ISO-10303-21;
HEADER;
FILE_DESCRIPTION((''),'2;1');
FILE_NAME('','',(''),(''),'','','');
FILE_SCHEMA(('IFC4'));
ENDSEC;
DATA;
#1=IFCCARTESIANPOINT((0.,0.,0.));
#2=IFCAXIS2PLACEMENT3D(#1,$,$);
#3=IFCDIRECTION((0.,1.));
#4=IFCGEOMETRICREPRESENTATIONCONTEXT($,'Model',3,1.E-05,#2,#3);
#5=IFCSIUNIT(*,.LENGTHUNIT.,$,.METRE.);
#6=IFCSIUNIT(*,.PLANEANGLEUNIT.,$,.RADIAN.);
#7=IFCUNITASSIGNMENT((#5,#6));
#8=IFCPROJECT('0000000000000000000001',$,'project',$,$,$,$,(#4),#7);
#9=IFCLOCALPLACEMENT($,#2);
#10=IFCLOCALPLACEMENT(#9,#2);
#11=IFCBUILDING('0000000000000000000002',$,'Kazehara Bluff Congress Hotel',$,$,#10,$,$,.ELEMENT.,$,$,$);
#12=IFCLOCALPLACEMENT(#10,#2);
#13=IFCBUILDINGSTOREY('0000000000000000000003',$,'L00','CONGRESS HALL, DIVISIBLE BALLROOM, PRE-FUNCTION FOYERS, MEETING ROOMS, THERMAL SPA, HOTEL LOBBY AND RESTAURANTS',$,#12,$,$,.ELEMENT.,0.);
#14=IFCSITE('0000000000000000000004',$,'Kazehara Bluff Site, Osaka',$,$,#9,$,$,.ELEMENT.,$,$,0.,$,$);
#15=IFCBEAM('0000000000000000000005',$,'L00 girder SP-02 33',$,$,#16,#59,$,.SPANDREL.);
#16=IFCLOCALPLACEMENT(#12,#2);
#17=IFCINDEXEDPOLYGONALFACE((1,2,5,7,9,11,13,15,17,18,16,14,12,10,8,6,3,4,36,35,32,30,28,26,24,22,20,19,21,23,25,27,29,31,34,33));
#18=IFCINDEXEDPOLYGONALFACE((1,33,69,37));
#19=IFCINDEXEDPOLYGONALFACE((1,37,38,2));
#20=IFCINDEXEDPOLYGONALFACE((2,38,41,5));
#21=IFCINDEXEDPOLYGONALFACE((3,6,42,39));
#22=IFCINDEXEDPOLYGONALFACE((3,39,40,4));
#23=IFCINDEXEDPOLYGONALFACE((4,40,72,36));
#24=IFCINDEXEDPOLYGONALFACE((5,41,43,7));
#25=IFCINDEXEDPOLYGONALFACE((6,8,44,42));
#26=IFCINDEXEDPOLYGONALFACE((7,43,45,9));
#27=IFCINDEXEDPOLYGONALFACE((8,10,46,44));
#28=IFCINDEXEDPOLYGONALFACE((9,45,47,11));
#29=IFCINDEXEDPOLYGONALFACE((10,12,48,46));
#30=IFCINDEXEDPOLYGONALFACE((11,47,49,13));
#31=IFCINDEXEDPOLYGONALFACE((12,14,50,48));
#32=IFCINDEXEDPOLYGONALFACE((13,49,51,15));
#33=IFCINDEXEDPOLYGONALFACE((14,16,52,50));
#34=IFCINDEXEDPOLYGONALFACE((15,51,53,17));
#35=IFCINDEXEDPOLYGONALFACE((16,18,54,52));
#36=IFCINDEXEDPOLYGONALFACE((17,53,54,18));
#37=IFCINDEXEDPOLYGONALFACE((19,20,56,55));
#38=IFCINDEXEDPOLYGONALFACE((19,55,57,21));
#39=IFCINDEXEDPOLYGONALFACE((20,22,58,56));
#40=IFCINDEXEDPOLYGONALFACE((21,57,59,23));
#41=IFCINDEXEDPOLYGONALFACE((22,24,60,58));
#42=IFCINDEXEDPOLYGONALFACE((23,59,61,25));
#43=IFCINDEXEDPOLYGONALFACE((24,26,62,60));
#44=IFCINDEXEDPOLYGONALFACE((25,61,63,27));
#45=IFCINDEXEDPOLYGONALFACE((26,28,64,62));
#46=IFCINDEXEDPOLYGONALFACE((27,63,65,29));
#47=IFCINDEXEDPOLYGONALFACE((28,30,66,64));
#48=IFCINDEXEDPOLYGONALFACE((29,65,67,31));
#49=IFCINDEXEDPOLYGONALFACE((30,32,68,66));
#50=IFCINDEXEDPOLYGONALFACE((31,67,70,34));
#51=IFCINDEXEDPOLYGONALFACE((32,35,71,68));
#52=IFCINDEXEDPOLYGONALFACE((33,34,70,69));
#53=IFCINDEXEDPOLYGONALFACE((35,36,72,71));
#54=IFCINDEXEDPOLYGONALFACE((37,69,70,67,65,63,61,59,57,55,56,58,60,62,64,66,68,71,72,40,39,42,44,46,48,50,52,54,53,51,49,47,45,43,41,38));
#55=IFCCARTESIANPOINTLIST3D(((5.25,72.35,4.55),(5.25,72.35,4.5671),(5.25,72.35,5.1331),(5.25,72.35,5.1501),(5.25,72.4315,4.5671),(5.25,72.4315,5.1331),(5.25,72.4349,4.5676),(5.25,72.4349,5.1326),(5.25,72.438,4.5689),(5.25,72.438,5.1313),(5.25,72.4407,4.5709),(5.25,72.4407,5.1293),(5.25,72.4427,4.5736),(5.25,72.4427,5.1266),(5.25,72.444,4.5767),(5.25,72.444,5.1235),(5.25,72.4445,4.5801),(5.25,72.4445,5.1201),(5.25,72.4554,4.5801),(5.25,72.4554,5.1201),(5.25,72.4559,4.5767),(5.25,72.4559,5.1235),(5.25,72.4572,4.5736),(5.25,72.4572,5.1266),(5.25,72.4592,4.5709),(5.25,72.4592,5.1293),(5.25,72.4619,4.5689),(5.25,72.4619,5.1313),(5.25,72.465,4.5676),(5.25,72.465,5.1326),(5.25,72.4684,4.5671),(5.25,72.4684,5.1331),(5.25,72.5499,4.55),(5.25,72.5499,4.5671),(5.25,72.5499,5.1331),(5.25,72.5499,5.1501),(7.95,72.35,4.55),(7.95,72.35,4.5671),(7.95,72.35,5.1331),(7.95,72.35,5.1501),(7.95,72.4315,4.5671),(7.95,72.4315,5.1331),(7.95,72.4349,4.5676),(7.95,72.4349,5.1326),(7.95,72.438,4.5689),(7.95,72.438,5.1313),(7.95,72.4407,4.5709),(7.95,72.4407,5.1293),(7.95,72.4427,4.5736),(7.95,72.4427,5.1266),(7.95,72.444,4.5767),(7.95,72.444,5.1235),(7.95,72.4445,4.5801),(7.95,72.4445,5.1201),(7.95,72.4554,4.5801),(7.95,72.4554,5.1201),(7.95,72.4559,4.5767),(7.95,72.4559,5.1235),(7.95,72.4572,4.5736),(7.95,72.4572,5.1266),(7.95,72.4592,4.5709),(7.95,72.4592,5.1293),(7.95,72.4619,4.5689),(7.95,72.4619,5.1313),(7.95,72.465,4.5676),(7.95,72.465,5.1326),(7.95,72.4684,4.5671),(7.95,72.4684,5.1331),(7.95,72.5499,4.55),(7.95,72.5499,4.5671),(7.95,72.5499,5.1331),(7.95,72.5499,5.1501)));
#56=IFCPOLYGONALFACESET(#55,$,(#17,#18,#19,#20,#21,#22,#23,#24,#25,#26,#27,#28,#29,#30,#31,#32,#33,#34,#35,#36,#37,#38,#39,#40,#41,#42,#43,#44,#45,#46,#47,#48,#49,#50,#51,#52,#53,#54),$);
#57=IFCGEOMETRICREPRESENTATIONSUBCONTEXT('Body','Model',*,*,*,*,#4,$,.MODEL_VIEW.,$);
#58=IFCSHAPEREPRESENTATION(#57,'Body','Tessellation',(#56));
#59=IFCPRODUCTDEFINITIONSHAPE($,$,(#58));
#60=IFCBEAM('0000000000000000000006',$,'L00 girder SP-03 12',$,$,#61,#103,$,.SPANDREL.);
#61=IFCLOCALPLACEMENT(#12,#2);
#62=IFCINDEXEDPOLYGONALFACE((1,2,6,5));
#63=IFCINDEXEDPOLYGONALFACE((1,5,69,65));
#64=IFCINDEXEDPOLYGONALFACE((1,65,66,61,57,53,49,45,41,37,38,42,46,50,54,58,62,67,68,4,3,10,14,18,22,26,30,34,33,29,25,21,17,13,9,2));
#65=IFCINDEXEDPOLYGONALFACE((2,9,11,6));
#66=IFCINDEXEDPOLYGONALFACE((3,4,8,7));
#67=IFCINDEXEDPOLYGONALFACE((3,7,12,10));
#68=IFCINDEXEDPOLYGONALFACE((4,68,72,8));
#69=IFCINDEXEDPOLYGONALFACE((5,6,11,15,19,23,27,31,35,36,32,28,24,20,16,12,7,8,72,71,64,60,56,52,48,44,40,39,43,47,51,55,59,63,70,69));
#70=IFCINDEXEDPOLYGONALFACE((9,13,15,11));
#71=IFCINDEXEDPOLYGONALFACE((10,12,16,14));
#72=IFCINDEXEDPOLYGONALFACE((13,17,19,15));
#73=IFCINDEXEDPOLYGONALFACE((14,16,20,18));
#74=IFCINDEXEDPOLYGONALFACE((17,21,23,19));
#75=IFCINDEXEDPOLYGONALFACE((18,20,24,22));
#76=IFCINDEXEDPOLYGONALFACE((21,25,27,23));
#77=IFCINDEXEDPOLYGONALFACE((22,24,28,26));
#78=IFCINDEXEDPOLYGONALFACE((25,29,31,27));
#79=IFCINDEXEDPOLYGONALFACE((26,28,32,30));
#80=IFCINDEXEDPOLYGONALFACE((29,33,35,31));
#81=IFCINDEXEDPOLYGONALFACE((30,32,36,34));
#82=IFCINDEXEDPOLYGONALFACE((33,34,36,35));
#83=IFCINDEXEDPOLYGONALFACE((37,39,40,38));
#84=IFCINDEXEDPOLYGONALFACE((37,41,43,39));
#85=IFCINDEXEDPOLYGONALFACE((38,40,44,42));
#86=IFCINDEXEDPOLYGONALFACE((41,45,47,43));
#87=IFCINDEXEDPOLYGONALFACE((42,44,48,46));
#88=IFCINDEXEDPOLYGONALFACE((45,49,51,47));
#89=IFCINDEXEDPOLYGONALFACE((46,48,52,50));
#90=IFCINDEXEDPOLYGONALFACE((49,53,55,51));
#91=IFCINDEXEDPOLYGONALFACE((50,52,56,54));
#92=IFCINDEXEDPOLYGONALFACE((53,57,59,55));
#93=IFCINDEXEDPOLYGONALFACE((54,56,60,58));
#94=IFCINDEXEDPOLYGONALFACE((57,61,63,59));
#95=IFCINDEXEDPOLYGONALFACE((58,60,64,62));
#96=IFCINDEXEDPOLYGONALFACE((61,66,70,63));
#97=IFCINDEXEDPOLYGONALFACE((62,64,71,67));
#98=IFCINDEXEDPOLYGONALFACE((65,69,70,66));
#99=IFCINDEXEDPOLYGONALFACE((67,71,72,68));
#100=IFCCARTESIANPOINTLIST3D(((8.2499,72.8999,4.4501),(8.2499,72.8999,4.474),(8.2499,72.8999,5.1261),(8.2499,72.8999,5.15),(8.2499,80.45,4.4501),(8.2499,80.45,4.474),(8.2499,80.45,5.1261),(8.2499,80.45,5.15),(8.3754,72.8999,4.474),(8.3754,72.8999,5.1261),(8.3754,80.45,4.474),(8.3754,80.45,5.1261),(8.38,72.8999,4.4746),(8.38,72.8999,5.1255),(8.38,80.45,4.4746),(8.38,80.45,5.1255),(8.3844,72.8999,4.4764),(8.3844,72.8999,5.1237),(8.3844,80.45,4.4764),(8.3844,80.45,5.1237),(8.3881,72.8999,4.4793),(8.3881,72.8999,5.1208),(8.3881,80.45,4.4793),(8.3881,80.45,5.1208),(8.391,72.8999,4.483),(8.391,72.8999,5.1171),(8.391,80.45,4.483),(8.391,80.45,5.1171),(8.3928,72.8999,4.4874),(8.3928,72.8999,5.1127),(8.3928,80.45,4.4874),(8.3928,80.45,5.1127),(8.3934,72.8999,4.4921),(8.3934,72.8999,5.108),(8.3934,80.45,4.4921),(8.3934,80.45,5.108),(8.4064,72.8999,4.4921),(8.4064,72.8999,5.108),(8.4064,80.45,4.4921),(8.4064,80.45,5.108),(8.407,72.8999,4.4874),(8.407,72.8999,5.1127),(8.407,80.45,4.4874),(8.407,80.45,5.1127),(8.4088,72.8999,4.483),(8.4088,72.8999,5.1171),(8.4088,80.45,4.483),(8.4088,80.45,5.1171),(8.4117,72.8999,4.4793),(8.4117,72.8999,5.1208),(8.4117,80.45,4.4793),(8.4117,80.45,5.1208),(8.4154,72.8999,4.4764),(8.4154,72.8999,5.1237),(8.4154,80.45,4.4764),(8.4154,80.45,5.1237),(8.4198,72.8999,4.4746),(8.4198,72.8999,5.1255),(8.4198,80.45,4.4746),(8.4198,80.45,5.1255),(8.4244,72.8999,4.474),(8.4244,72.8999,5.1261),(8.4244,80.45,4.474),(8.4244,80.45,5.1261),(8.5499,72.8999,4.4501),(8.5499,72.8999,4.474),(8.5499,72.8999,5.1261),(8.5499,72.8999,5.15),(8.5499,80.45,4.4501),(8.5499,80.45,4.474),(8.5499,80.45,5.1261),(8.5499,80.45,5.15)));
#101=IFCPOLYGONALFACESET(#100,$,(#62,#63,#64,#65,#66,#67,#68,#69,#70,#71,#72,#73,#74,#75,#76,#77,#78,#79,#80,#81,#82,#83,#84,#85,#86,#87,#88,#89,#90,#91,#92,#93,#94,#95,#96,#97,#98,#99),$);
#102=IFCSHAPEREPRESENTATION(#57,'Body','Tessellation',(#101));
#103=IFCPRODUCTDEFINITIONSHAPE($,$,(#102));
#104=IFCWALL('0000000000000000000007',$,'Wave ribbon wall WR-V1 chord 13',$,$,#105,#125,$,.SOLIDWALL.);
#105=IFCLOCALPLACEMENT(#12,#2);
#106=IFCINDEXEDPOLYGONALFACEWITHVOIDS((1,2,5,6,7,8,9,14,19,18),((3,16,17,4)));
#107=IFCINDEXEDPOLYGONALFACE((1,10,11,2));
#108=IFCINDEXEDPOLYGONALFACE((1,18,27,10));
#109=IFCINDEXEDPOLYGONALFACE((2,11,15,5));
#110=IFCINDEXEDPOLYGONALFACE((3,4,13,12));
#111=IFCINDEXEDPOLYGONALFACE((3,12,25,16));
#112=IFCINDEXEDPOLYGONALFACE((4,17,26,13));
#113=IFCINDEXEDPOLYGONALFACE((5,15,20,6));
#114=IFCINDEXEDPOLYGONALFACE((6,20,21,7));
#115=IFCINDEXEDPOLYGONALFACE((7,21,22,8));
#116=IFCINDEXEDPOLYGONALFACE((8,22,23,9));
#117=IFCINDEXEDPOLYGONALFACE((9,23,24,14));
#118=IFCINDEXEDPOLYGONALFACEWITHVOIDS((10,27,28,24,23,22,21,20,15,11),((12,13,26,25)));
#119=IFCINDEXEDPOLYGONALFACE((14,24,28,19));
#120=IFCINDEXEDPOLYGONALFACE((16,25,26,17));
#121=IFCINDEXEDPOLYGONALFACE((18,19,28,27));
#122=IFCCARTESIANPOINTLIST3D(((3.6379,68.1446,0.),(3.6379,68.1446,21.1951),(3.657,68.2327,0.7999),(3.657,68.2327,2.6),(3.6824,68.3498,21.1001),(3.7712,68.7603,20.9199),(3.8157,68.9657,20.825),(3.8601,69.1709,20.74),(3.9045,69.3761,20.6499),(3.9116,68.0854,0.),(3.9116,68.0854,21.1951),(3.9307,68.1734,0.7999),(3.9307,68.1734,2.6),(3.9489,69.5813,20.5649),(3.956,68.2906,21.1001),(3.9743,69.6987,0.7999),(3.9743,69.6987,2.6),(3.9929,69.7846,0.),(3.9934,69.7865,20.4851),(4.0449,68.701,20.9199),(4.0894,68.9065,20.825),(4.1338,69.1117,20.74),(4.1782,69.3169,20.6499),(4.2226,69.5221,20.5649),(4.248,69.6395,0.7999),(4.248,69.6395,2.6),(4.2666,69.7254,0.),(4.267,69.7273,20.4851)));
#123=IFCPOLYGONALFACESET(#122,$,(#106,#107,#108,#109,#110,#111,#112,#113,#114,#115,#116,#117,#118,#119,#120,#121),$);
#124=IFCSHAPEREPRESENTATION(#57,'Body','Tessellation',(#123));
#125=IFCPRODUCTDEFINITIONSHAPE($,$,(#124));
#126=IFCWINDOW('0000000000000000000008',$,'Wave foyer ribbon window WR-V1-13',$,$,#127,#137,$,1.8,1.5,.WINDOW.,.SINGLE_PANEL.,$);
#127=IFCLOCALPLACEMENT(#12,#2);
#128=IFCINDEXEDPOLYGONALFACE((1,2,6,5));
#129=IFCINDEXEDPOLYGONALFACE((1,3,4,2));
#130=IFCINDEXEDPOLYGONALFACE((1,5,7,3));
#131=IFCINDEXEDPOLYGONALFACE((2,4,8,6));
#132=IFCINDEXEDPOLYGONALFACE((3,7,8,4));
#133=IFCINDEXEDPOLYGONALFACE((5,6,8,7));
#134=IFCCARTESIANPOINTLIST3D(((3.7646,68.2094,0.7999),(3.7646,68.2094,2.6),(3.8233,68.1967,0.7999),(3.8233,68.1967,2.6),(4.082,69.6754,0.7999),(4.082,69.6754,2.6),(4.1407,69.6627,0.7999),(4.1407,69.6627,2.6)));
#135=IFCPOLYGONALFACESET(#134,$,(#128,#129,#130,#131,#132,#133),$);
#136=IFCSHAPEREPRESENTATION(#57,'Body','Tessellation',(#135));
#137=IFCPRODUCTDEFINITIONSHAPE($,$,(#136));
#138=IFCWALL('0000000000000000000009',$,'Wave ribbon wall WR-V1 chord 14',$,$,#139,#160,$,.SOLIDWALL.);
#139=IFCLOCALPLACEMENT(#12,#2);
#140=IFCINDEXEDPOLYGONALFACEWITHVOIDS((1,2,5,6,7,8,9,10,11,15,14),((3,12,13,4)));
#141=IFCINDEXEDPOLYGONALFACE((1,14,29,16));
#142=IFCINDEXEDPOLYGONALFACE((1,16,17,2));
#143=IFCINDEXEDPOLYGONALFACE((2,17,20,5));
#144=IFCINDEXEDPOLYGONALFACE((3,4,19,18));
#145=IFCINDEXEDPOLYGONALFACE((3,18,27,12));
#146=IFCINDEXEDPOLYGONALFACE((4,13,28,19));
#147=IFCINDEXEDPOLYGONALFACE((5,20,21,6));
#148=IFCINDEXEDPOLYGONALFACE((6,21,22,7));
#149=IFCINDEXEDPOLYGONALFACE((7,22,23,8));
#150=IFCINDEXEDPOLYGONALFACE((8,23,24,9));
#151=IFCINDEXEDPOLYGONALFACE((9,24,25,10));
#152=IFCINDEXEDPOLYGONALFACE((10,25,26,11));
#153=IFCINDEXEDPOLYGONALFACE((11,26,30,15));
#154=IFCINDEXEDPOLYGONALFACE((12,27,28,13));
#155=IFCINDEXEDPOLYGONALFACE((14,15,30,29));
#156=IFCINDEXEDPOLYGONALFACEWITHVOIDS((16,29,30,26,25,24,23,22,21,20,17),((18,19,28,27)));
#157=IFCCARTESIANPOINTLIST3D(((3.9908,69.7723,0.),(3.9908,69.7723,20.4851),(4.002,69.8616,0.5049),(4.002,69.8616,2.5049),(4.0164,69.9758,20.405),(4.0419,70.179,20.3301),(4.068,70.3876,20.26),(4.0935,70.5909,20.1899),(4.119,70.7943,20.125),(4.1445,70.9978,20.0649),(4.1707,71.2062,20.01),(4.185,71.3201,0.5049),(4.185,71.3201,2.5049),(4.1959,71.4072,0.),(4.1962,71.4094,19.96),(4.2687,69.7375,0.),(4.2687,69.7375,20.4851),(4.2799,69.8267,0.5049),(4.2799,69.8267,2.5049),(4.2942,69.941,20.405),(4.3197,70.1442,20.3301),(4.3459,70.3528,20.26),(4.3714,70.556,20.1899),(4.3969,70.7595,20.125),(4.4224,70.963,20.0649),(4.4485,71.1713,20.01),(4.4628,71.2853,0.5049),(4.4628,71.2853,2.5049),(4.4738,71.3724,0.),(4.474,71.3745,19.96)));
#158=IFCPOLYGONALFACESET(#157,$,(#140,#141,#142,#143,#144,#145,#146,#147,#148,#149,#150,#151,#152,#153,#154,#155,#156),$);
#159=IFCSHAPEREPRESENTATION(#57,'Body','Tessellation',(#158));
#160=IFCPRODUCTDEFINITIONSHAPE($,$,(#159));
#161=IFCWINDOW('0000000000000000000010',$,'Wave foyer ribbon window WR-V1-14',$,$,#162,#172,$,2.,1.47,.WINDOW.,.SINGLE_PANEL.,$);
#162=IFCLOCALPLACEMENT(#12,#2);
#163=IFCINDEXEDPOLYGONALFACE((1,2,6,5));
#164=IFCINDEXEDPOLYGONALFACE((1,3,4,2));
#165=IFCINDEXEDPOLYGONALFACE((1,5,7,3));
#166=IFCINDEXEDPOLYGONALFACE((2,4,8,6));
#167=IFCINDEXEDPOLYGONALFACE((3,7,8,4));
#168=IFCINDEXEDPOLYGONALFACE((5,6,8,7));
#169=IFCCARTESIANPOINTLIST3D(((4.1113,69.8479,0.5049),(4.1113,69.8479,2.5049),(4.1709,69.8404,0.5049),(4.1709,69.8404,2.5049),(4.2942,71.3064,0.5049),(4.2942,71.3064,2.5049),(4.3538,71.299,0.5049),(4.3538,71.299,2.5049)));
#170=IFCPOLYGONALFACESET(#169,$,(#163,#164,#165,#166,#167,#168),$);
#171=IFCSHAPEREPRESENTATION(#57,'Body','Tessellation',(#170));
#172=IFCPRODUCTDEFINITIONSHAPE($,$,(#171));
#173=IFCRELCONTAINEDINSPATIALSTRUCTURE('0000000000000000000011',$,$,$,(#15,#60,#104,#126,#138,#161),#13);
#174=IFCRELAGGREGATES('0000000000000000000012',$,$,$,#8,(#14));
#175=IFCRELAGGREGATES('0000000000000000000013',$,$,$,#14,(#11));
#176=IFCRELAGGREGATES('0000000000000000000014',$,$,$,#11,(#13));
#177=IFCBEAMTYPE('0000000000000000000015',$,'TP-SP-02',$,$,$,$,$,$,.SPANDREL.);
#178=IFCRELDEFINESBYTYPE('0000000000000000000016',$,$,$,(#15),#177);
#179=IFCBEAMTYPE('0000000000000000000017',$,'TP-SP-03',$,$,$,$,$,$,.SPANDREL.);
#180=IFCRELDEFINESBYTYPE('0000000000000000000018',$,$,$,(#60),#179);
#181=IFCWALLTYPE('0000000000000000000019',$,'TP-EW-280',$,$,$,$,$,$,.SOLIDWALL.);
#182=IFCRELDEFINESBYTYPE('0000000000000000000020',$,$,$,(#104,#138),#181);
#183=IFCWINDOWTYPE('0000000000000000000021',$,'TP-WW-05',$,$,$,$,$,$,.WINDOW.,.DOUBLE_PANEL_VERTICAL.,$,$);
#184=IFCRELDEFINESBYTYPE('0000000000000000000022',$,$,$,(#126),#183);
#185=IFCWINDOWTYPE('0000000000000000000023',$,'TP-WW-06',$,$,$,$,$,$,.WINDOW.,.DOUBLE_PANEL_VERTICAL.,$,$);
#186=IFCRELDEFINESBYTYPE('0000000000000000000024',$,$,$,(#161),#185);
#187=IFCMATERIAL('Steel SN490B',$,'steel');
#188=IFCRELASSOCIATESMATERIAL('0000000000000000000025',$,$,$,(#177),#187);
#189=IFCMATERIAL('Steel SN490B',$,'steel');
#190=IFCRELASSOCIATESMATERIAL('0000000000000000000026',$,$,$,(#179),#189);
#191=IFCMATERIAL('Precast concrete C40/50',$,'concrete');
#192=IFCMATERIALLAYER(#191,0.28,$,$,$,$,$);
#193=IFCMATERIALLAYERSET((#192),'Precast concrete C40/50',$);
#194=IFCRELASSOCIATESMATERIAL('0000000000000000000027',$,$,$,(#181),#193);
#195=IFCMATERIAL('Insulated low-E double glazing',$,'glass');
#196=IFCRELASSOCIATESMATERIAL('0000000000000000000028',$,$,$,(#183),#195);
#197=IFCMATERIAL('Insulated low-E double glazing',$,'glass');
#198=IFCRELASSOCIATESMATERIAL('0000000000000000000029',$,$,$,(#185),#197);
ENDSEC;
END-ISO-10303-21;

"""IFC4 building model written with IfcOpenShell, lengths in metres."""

from ifc_helpers import new_model, si_unit, direction, frame, frame_2d, origin, origin_2d, place, context, subcontext, project, spatial, polyline, rectangle, i_section, outline, extrude, material, layer, layer_set, material_profile, profile_set, type_object, element, fill, save


model = new_model("IFC4")

# Units and contexts
model_context = context("Model", 3, precision=1e-05, world=origin(), true_north=direction((0.0, 1.0)))
body_context = subcontext(model_context, "Body", "Model", "MODEL_VIEW")
ifc_project = project(units=[si_unit("LENGTHUNIT", "METRE"), si_unit("PLANEANGLEUNIT", "RADIAN")], contexts=[model_context])

# Site, building, storey
site_placement = place(None, origin())
site = spatial("IfcSite", under=ifc_project, at=site_placement, Name="Kazehara Bluff Site, Osaka", CompositionType="ELEMENT", RefElevation=0.0)
building_placement = place(site_placement, origin())
building = spatial("IfcBuilding", under=site, at=building_placement, Name="Kazehara Bluff Congress Hotel", CompositionType="ELEMENT")
storey_placement = place(building_placement, origin())
storey = spatial("IfcBuildingStorey", under=building, at=storey_placement, Name="L00", Description="CONGRESS HALL, DIVISIBLE BALLROOM, PRE-FUNCTION FOYERS, MEETING ROOMS, THERMAL SPA, HOTEL LOBBY AND RESTAURANTS", CompositionType="ELEMENT", Elevation=0.0)

# Beams
ifc_material_1 = material(Name="Steel SN490B", Category="steel")
ifc_material_profile_1 = material_profile(ifc_material_1, i_section(OverallWidth=0.2, OverallDepth=0.6001, WebThickness=0.011, FlangeThickness=0.0171, FilletRadius=0.0129, at=origin_2d()))
ifc_profile_set_1 = profile_set([ifc_material_profile_1], Name="Steel SN490B")
beam_type_1 = type_object("IfcBeamType", Name="TP-SP-02", PredefinedType="SPANDREL", material=ifc_profile_set_1)
beam_1_placement = place(storey_placement, frame((5.25, 72.45, 4.8501), z_axis=(1.0, 0.0, 0.0), x_axis=(0.0, 1.0, 0.0)))
element("IfcBeam", 1, at=beam_1_placement, inside=storey, type_object=beam_type_1, Name="L00 girder SP-02 33", PredefinedType="SPANDREL", context=body_context, shape_type="SweptSolid", body=[
    extrude(i_section(OverallWidth=0.2, OverallDepth=0.6001, WebThickness=0.011, FlangeThickness=0.0171, FilletRadius=0.0129, at=origin_2d()), origin(), (0.0, 0.0, 1.0), 2.7),
])
ifc_material_2 = material(Name="Steel SN490B", Category="steel")
ifc_material_profile_2 = material_profile(ifc_material_2, i_section(OverallWidth=0.3, OverallDepth=0.7, WebThickness=0.0129, FlangeThickness=0.0239, FilletRadius=0.0181, at=origin_2d()))
ifc_profile_set_2 = profile_set([ifc_material_profile_2], Name="Steel SN490B")
beam_type_2 = type_object("IfcBeamType", Name="TP-SP-03", PredefinedType="SPANDREL", material=ifc_profile_set_2)
beam_2_placement = place(storey_placement, frame((8.3999, 72.8999, 4.8), z_axis=(0.0, 1.0, 0.0), x_axis=(-1.0, 0.0, 0.0)))
element("IfcBeam", 2, at=beam_2_placement, inside=storey, type_object=beam_type_2, Name="L00 girder SP-03 12", PredefinedType="SPANDREL", context=body_context, shape_type="SweptSolid", body=[
    extrude(i_section(OverallWidth=0.3, OverallDepth=0.7, WebThickness=0.0129, FlangeThickness=0.0239, FilletRadius=0.0181, at=origin_2d()), origin(), (0.0, 0.0, 1.0), 7.55),
])

# Walls, openings, windows
ifc_material_3 = material(Name="Precast concrete C40/50", Category="concrete")
ifc_layer_1 = layer(ifc_material_3, 0.28)
ifc_layer_set_1 = layer_set([ifc_layer_1], Name="Precast concrete C40/50")
wall_type = type_object("IfcWallType", Name="TP-EW-280", PredefinedType="SOLIDWALL", material=ifc_layer_set_1)
wall_1_placement = place(storey_placement, frame((3.7749, 68.115, 0.0), z_axis=(0.0, 0.0, 1.0), x_axis=(0.211566, 0.977364, 0.0)))
wall_1 = element("IfcWall", 3, at=wall_1_placement, inside=storey, type_object=wall_type, Name="Wave ribbon wall WR-V1 chord 13", PredefinedType="SOLIDWALL", context=body_context, shape_type="SweptSolid", body=[
    extrude(outline(polyline([(0.0, 0.0), (1.678, 0.0), (1.6799, 20.4851), (1.47, 20.5649), (1.26, 20.6499), (1.05, 20.74), (0.8401, 20.825), (0.6299, 20.9199), (0.4199, 21.01), (0.21, 21.1001), (0.0, 21.1951), (0.0, 0.0)])), frame((0.0, 0.1401, 0.0), z_axis=(0.0, -1.0, 0.0), x_axis=(1.0, 0.0, 0.0)), (0.0, 0.0, 1.0), 0.28),
])
opening_1_placement = place(wall_1_placement, frame((0.0901, 0.0, 0.8)))
opening_1 = element("IfcOpeningElement", 4, at=opening_1_placement, cuts=wall_1, PredefinedType="OPENING", context=body_context, shape_type="SweptSolid", body=[
    extrude(rectangle(XDim=1.5, YDim=1.8, at=frame_2d((0.75, 0.8999))), frame((0.0, 0.1499, 0.0), z_axis=(0.0, -1.0, 0.0), x_axis=(1.0, 0.0, 0.0)), (0.0, 0.0, 1.0), 0.3),
])
ifc_material_4 = material(Name="Insulated low-E double glazing", Category="glass")
window_type_1 = type_object("IfcWindowType", Name="TP-WW-05", PartitioningType="DOUBLE_PANEL_VERTICAL", PredefinedType="WINDOW", material=ifc_material_4)
window_1_placement = place(opening_1_placement, origin())
window_1 = element("IfcWindow", 5, at=window_1_placement, inside=storey, type_object=window_type_1, Name="Wave foyer ribbon window WR-V1-13", OverallHeight=1.8, OverallWidth=1.5, PartitioningType="SINGLE_PANEL", PredefinedType="WINDOW", context=body_context, shape_type="SweptSolid", body=[
    extrude(rectangle(XDim=1.5, YDim=1.8, at=frame_2d((0.75, 0.8999))), frame((0.0, 0.03, 0.0), z_axis=(0.0, -1.0, 0.0), x_axis=(1.0, 0.0, 0.0)), (0.0, 0.0, 1.0), 0.0601),
])
fill(opening_1, window_1)
wall_2_placement = place(storey_placement, frame((4.1299, 69.7549, 0.0), z_axis=(0.0, 0.0, 1.0), x_axis=(0.124454, 0.992225, 0.0)))
wall_2 = element("IfcWall", 6, at=wall_2_placement, inside=storey, type_object=wall_type, Name="Wave ribbon wall WR-V1 chord 14", PredefinedType="SOLIDWALL", context=body_context, shape_type="SweptSolid", body=[
    extrude(outline(polyline([(0.0, 0.0), (1.6477, 0.0), (1.6499, 19.96), (1.4451, 20.01), (1.2351, 20.0649), (1.03, 20.125), (0.825, 20.1899), (0.6201, 20.26), (0.4099, 20.3301), (0.2051, 20.405), (0.0, 20.4851), (0.0, 0.0)])), frame((0.0, 0.1401, 0.0), z_axis=(0.0, -1.0, 0.0), x_axis=(1.0, 0.0, 0.0)), (0.0, 0.0, 1.0), 0.28),
])
opening_2_placement = place(wall_2_placement, frame((0.0901, 0.0, 0.5049)))
opening_2 = element("IfcOpeningElement", 7, at=opening_2_placement, cuts=wall_2, PredefinedType="OPENING", context=body_context, shape_type="SweptSolid", body=[
    extrude(rectangle(XDim=1.47, YDim=2.0, at=frame_2d((0.7349, 1.0))), frame((0.0, 0.1499, 0.0), z_axis=(0.0, -1.0, 0.0), x_axis=(1.0, 0.0, 0.0)), (0.0, 0.0, 1.0), 0.3),
])
ifc_material_5 = material(Name="Insulated low-E double glazing", Category="glass")
window_type_2 = type_object("IfcWindowType", Name="TP-WW-06", PartitioningType="DOUBLE_PANEL_VERTICAL", PredefinedType="WINDOW", material=ifc_material_5)
window_2_placement = place(opening_2_placement, origin())
window_2 = element("IfcWindow", 8, at=window_2_placement, inside=storey, type_object=window_type_2, Name="Wave foyer ribbon window WR-V1-14", OverallHeight=2.0, OverallWidth=1.47, PartitioningType="SINGLE_PANEL", PredefinedType="WINDOW", context=body_context, shape_type="SweptSolid", body=[
    extrude(rectangle(XDim=1.47, YDim=2.0, at=frame_2d((0.7349, 1.0))), frame((0.0, 0.03, 0.0), z_axis=(0.0, -1.0, 0.0), x_axis=(1.0, 0.0, 0.0)), (0.0, 0.0, 1.0), 0.0601),
])
fill(opening_2, window_2)

save(model, "model.ifc")
